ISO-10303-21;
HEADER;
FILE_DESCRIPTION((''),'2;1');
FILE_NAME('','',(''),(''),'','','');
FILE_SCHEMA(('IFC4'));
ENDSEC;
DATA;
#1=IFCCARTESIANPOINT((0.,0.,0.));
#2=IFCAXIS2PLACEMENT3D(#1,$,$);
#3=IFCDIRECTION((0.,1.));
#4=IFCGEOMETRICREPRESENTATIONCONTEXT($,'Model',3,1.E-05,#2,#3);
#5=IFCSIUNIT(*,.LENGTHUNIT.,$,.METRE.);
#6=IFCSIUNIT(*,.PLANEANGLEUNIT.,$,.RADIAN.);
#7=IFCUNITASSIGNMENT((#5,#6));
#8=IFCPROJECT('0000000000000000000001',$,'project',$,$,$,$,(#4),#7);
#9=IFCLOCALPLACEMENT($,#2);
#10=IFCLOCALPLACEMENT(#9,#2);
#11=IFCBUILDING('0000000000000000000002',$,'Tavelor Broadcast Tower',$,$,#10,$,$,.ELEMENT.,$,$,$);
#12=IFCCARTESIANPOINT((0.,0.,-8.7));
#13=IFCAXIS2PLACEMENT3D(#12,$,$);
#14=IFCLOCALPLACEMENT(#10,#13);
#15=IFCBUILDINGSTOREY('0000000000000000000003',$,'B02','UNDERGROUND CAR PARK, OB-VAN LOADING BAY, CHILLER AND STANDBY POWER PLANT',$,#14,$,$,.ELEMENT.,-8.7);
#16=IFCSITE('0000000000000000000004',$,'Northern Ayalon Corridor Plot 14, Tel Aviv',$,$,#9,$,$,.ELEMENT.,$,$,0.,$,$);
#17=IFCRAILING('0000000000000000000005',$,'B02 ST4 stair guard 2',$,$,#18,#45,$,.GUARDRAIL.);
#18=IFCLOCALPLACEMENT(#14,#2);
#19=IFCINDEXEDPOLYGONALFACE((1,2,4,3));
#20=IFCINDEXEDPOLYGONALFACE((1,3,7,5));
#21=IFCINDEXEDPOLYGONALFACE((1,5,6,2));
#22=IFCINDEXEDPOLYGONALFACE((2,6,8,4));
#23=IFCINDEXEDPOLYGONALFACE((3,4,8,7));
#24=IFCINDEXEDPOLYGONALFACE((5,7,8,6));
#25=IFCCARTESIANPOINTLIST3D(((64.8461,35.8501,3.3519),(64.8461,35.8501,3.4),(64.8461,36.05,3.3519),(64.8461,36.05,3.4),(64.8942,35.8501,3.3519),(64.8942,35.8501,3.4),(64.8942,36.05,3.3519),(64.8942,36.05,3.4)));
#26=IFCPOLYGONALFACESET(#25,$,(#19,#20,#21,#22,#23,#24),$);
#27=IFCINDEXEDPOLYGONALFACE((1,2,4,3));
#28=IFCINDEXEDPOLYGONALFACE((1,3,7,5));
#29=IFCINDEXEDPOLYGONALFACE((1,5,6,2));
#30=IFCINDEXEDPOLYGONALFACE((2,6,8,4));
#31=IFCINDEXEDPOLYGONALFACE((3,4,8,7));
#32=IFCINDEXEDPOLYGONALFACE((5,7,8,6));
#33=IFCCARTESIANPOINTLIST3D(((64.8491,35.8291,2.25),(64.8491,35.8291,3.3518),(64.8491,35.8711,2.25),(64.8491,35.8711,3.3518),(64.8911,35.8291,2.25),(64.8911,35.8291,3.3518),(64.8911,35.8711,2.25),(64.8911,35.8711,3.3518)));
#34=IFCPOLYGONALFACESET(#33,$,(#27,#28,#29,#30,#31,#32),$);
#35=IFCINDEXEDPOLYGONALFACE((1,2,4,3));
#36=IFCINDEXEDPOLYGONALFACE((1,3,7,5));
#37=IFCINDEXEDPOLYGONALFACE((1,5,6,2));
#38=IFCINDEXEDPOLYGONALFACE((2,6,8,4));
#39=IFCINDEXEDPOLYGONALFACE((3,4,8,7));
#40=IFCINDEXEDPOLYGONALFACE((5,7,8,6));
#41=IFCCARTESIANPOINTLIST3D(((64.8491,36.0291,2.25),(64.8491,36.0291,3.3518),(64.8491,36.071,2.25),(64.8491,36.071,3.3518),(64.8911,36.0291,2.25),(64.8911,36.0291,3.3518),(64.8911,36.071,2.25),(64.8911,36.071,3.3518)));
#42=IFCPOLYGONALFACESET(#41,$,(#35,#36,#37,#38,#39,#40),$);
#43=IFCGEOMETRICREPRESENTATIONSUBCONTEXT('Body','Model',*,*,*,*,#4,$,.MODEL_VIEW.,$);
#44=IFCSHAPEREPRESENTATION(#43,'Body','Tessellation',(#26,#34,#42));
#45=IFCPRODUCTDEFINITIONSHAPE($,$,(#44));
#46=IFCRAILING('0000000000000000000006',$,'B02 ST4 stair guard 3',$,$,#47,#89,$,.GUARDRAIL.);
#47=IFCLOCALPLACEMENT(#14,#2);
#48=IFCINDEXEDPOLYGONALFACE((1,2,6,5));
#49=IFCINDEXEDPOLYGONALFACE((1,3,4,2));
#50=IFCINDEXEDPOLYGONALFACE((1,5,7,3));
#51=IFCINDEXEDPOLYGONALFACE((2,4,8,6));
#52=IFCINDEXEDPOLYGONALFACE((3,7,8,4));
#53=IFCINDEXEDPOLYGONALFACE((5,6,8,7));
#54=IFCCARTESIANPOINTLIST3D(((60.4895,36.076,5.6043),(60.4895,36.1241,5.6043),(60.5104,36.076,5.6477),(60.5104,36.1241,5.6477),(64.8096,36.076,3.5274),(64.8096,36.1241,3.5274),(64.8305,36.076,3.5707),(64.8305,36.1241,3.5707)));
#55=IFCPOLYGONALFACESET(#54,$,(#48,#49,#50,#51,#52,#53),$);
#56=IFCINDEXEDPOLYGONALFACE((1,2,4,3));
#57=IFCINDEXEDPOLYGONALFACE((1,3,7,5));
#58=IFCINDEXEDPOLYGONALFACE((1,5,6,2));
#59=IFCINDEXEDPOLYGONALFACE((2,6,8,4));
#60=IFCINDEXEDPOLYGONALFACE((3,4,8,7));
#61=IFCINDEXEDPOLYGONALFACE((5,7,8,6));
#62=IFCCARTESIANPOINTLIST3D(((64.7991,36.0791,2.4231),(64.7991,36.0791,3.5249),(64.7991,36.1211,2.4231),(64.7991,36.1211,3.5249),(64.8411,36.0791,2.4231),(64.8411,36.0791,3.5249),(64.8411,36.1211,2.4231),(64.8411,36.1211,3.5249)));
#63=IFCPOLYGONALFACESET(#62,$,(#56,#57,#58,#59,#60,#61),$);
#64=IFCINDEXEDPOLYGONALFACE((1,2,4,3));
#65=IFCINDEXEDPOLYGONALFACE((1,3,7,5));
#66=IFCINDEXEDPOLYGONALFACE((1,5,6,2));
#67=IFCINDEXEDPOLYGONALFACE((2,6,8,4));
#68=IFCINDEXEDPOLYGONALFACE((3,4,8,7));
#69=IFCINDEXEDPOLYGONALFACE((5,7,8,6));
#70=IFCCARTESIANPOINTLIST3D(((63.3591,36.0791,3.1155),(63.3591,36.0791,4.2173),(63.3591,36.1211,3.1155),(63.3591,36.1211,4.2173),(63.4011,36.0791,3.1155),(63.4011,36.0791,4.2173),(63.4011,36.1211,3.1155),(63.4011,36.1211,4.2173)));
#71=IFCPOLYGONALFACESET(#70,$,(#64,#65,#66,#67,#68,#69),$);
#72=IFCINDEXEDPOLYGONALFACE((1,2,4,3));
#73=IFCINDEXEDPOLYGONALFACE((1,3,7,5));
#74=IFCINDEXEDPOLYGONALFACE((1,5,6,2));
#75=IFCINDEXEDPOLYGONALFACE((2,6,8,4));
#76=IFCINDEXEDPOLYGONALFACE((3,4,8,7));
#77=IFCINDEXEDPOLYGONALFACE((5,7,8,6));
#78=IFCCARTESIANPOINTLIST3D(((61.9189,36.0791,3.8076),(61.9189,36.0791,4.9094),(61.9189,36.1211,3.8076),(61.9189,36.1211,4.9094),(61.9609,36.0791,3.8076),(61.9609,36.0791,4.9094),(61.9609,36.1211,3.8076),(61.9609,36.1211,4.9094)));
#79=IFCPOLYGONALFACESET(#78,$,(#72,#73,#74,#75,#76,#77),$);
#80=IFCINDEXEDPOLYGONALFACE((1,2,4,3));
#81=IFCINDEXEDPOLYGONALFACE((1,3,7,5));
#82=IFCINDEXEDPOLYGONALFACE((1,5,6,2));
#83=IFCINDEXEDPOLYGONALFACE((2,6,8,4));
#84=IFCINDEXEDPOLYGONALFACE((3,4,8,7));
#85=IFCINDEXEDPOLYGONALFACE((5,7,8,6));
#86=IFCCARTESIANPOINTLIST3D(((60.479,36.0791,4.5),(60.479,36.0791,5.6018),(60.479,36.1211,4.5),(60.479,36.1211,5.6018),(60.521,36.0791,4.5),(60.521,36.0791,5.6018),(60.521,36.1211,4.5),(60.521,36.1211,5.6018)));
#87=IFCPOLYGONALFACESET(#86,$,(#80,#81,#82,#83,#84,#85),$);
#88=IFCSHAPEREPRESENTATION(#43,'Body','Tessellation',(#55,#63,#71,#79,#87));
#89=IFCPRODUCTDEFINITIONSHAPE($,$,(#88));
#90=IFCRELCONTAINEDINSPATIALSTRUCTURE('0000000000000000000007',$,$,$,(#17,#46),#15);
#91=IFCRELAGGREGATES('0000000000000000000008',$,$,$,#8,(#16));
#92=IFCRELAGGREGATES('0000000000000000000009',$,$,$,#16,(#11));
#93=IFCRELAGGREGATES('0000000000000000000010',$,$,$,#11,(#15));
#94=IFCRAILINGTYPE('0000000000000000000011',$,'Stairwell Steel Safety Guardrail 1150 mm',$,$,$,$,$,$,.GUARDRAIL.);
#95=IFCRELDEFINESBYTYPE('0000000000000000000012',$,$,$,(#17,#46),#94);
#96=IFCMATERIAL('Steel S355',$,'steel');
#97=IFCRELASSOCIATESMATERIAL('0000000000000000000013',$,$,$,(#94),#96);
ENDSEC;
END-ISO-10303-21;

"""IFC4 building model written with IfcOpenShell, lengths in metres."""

from ifc_helpers import new_model, si_unit, direction, frame, origin, origin_2d, place, context, subcontext, project, spatial, rectangle, extrude, material, type_object, element, save


model = new_model("IFC4")

# Units and contexts
model_context = context("Model", 3, precision=1e-05, world=origin(), true_north=direction((0.0, 1.0)))
body_context = subcontext(model_context, "Body", "Model", "MODEL_VIEW")
ifc_project = project(units=[si_unit("LENGTHUNIT", "METRE"), si_unit("PLANEANGLEUNIT", "RADIAN")], contexts=[model_context])

# Site, building, storey
site_placement = place(None, origin())
site = spatial("IfcSite", under=ifc_project, at=site_placement, Name="Northern Ayalon Corridor Plot 14, Tel Aviv", CompositionType="ELEMENT", RefElevation=0.0)
building_placement = place(site_placement, origin())
building = spatial("IfcBuilding", under=site, at=building_placement, Name="Tavelor Broadcast Tower", CompositionType="ELEMENT")
storey_placement = place(building_placement, frame((0.0, 0.0, -8.7)))
storey = spatial("IfcBuildingStorey", under=building, at=storey_placement, Name="B02", Description="UNDERGROUND CAR PARK, OB-VAN LOADING BAY, CHILLER AND STANDBY POWER PLANT", CompositionType="ELEMENT", Elevation=-8.7)

# Shared definitions
ifc_material_1 = material(Name="Steel S355", Category="steel")

# Railings
railing_type_1 = type_object("IfcRailingType", Name="Stairwell Steel Safety Guardrail 1150 mm", PredefinedType="GUARDRAIL", material=ifc_material_1)
railing_1_placement = place(storey_placement, frame((64.8701, 35.8501, 2.25)))
element("IfcRailing", 1, at=railing_1_placement, inside=storey, type_object=railing_type_1, Name="B02 ST4 stair guard 2", PredefinedType="GUARDRAIL", context=body_context, shape_type="SweptSolid", body=[
    extrude(rectangle(XDim=0.0481, YDim=0.0481, at=origin_2d()), frame((0.0, 0.0, 1.126), z_axis=(0.0, 1.0, 0.0), x_axis=(-1.0, 0.0, 0.0)), (0.0, 0.0, 1.0), 0.2),
    extrude(rectangle(XDim=0.042, YDim=0.042, at=origin_2d()), origin(), (0.0, 0.0, 1.0), 1.1018),
    extrude(rectangle(XDim=0.042, YDim=0.042, at=origin_2d()), frame((0.0, 0.2, 0.0)), (0.0, 0.0, 1.0), 1.1018),
])
railing_2_placement = place(storey_placement, frame((64.8201, 36.1001, 2.4231)))
element("IfcRailing", 2, at=railing_2_placement, inside=storey, type_object=railing_type_1, Name="B02 ST4 stair guard 3", PredefinedType="GUARDRAIL", context=body_context, shape_type="SweptSolid", body=[
    extrude(rectangle(XDim=0.0481, YDim=0.0481, at=origin_2d()), frame((0.0, 0.0, 1.126), z_axis=(-0.901257, 0.0, 0.433286), x_axis=(0.0, -1.0, 0.0)), (0.0, 0.0, 1.0), 4.7935),
    extrude(rectangle(XDim=0.042, YDim=0.042, at=origin_2d()), origin(), (0.0, 0.0, 1.0), 1.1018),
    extrude(rectangle(XDim=0.042, YDim=0.042, at=origin_2d()), frame((-1.4399, 0.0, 0.6924)), (0.0, 0.0, 1.0), 1.1018),
    extrude(rectangle(XDim=0.042, YDim=0.042, at=origin_2d()), frame((-2.8801, 0.0, 1.3845)), (0.0, 0.0, 1.0), 1.1018),
    extrude(rectangle(XDim=0.042, YDim=0.042, at=origin_2d()), frame((-4.3201, 0.0, 2.0769)), (0.0, 0.0, 1.0), 1.1018),
])

save(model, "model.ifc")
